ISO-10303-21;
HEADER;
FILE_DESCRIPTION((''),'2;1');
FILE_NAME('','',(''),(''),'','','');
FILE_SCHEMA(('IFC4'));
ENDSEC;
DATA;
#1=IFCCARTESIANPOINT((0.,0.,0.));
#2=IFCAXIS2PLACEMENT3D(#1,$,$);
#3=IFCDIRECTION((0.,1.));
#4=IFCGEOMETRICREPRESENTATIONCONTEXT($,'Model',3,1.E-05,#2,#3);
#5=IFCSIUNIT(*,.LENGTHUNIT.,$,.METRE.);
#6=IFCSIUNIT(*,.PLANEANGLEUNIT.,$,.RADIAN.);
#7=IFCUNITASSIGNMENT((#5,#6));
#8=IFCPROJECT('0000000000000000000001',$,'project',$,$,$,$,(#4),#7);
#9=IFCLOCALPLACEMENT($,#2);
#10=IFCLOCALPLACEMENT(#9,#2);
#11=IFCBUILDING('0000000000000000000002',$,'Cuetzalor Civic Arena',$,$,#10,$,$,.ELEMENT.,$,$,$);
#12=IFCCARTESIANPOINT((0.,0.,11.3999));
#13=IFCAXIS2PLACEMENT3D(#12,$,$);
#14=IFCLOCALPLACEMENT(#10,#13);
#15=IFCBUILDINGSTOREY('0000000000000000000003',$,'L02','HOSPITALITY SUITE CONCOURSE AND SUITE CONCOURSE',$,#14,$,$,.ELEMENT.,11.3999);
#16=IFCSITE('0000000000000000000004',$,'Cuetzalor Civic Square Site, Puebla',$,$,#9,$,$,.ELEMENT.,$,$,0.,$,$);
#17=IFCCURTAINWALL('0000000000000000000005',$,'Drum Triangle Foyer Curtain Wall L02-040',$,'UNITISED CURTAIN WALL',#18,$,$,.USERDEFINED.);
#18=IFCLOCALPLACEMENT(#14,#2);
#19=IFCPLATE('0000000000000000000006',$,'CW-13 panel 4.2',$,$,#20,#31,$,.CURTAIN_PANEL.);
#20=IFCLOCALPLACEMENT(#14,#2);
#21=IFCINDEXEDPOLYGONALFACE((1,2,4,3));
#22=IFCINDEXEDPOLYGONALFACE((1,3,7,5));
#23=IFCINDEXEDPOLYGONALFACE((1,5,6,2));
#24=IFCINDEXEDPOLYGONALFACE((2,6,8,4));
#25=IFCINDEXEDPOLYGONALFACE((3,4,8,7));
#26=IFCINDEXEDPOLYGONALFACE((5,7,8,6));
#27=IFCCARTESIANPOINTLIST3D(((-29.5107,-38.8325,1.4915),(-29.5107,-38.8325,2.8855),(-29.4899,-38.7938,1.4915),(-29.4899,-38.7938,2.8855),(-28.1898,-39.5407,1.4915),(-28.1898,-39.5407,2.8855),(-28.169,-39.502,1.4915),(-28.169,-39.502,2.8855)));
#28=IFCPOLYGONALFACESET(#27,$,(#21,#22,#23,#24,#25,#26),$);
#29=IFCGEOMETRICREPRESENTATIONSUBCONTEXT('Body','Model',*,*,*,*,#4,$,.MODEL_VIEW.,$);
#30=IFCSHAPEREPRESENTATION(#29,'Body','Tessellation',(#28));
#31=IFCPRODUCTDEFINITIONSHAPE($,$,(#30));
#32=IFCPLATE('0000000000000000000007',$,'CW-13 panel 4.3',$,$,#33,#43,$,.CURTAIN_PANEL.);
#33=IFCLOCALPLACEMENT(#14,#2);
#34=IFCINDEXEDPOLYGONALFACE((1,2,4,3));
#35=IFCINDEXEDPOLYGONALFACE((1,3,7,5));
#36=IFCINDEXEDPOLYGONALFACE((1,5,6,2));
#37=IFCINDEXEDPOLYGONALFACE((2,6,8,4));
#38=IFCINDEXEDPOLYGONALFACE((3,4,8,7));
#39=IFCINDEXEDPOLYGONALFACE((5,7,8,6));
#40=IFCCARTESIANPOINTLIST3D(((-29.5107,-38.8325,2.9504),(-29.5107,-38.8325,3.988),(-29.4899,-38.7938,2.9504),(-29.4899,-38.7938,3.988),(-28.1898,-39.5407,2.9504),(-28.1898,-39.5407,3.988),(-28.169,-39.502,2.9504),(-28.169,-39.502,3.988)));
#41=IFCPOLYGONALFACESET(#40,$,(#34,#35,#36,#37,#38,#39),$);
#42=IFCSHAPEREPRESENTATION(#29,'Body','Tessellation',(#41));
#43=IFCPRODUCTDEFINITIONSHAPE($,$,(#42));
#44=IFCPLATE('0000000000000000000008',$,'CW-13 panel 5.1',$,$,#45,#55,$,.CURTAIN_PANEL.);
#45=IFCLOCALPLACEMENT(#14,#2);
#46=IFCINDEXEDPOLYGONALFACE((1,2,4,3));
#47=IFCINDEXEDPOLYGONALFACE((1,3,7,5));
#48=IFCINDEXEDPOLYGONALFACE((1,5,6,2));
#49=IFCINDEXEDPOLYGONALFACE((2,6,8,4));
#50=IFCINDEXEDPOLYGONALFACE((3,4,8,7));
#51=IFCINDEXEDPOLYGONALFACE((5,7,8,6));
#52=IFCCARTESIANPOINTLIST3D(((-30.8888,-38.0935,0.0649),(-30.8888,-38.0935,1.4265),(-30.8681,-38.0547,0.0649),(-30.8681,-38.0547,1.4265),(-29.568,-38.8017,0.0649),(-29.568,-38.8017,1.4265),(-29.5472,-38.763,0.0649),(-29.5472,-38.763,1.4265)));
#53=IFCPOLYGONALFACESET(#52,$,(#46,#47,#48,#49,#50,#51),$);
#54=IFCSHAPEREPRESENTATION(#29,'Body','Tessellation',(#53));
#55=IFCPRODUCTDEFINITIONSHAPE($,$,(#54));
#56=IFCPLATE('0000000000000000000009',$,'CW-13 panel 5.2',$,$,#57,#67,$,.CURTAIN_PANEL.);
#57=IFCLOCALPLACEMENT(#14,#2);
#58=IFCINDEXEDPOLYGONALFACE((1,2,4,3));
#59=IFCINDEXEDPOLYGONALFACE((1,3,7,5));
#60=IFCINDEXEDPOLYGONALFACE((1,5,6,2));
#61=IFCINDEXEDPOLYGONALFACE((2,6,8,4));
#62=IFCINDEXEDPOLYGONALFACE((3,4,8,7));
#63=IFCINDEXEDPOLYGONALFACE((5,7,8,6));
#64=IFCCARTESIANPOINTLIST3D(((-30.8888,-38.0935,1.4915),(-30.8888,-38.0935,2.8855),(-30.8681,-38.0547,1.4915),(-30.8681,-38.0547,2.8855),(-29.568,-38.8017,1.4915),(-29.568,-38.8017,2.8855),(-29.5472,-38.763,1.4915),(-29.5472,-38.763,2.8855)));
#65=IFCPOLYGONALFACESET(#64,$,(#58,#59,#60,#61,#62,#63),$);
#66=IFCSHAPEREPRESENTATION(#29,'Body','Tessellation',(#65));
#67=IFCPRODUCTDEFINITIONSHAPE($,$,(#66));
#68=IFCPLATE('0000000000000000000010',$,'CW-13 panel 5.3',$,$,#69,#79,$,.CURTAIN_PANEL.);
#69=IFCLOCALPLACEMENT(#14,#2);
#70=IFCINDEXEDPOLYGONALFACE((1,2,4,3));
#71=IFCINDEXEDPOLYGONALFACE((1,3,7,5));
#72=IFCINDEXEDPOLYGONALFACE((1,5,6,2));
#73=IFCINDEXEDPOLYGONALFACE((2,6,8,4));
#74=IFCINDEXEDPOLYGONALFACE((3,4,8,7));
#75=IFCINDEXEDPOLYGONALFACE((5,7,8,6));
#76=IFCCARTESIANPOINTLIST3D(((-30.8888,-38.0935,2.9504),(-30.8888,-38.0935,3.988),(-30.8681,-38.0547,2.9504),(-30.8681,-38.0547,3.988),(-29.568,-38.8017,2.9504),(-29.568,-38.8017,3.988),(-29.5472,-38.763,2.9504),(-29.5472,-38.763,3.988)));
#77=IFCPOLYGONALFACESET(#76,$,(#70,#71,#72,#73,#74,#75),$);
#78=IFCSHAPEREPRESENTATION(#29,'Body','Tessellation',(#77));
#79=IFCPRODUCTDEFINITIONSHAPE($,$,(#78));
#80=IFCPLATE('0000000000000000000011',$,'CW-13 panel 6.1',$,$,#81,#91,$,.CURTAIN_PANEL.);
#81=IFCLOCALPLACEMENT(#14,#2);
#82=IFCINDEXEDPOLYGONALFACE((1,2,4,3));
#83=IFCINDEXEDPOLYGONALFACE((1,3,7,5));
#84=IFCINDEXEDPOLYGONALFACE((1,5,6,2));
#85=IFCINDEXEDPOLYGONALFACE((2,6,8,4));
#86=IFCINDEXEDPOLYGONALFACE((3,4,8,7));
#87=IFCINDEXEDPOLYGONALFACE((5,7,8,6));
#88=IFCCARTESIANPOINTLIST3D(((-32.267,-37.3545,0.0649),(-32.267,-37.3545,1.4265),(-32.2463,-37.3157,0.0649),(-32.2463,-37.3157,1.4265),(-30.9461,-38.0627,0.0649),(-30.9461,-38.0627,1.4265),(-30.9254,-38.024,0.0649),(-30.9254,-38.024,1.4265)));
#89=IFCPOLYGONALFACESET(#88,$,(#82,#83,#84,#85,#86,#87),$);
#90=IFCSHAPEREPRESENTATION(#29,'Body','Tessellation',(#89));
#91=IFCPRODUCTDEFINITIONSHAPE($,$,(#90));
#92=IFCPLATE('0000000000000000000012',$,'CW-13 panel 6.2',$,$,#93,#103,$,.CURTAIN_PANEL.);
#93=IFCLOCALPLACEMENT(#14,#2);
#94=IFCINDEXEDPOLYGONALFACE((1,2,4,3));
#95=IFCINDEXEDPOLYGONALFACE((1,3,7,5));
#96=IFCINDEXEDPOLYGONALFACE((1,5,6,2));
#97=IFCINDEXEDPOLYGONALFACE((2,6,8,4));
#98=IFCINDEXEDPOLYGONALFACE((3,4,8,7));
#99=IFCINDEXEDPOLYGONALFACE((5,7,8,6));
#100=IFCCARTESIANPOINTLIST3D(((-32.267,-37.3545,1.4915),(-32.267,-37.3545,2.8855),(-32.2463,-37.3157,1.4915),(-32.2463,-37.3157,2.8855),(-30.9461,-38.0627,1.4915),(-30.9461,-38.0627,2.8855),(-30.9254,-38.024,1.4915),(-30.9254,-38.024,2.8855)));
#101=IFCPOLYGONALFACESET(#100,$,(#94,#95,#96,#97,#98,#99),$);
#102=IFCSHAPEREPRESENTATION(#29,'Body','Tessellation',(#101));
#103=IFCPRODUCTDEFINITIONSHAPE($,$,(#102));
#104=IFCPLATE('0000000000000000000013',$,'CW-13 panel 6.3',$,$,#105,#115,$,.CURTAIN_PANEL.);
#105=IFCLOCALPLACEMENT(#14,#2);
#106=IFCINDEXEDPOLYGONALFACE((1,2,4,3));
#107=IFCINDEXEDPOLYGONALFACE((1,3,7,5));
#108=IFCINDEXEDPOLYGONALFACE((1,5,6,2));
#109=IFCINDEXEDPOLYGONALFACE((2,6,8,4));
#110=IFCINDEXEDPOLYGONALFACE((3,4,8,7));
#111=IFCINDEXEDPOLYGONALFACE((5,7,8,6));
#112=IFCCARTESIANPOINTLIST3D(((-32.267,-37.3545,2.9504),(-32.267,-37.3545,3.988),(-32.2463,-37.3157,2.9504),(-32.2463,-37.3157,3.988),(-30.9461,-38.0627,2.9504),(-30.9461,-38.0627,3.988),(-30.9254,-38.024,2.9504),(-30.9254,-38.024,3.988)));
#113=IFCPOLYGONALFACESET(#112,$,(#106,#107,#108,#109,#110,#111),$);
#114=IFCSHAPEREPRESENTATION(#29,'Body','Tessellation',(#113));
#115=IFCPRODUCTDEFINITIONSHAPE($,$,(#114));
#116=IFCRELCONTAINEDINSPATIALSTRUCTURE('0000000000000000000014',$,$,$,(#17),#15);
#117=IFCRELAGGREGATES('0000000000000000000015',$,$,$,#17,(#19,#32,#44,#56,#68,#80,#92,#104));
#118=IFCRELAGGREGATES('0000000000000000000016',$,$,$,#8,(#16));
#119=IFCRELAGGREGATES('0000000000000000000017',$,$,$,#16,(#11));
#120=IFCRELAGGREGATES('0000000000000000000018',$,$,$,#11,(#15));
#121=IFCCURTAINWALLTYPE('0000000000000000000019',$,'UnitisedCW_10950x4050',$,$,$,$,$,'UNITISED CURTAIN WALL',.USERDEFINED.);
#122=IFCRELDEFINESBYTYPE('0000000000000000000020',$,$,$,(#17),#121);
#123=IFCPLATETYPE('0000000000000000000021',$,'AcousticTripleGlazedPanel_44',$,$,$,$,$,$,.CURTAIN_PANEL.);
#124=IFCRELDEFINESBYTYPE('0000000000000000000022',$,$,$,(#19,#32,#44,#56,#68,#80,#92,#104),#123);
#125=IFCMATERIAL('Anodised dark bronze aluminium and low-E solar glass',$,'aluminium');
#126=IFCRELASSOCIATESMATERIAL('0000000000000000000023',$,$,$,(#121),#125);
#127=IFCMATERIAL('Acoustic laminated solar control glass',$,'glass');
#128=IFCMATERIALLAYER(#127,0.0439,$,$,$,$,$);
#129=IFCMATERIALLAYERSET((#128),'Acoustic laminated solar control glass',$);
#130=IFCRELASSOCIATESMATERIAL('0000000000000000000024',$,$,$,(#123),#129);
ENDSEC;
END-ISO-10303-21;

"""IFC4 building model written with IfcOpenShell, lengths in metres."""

from ifc_helpers import new_model, si_unit, direction, frame, origin, origin_2d, place, context, subcontext, project, spatial, rectangle, extrude, material, layer, layer_set, type_object, element, aggregate, save


model = new_model("IFC4")

# Units and contexts
model_context = context("Model", 3, precision=1e-05, world=origin(), true_north=direction((0.0, 1.0)))
body_context = subcontext(model_context, "Body", "Model", "MODEL_VIEW")
ifc_project = project(units=[si_unit("LENGTHUNIT", "METRE"), si_unit("PLANEANGLEUNIT", "RADIAN")], contexts=[model_context])

# Site, building, storey
site_placement = place(None, origin())
site = spatial("IfcSite", under=ifc_project, at=site_placement, Name="Cuetzalor Civic Square Site, Puebla", CompositionType="ELEMENT", RefElevation=0.0)
building_placement = place(site_placement, origin())
building = spatial("IfcBuilding", under=site, at=building_placement, Name="Cuetzalor Civic Arena", CompositionType="ELEMENT")
storey_placement = place(building_placement, frame((0.0, 0.0, 11.3999)))
storey = spatial("IfcBuildingStorey", under=building, at=storey_placement, Name="L02", Description="HOSPITALITY SUITE CONCOURSE AND SUITE CONCOURSE", CompositionType="ELEMENT", Elevation=11.3999)

# Curtain wall, plates
ifc_material_1 = material(Name="Anodised dark bronze aluminium and low-E solar glass", Category="aluminium")
curtain_wall_type = type_object("IfcCurtainWallType", Name="UnitisedCW_10950x4050", ElementType="UNITISED CURTAIN WALL", PredefinedType="USERDEFINED", material=ifc_material_1)
curtain_wall_placement = place(storey_placement, origin())
curtain_wall = element("IfcCurtainWall", 1, at=curtain_wall_placement, inside=storey, type_object=curtain_wall_type, Name="Drum Triangle Foyer Curtain Wall L02-040", ObjectType="UNITISED CURTAIN WALL", PredefinedType="USERDEFINED")
ifc_material_2 = material(Name="Acoustic laminated solar control glass", Category="glass")
ifc_layer = layer(ifc_material_2, 0.0439)
ifc_layer_set = layer_set([ifc_layer], Name="Acoustic laminated solar control glass")
plate_type = type_object("IfcPlateType", Name="AcousticTripleGlazedPanel_44", PredefinedType="CURTAIN_PANEL", material=ifc_layer_set)
plate_1_placement = place(storey_placement, frame((-28.8398, -39.1672, 1.4915), z_axis=(0.0, 0.0, 1.0), x_axis=(-0.881306, 0.472545, 0.0)))
plate_1 = element("IfcPlate", 2, at=plate_1_placement, type_object=plate_type, Name="CW-13 panel 4.2", PredefinedType="CURTAIN_PANEL", context=body_context, shape_type="SweptSolid", body=[
    extrude(rectangle(XDim=1.4988, YDim=0.0439, at=origin_2d()), origin(), (0.0, 0.0, 1.0), 1.394),
])
plate_2_placement = place(storey_placement, frame((-28.8398, -39.1672, 2.9504), z_axis=(0.0, 0.0, 1.0), x_axis=(-0.881306, 0.472545, 0.0)))
plate_2 = element("IfcPlate", 3, at=plate_2_placement, type_object=plate_type, Name="CW-13 panel 4.3", PredefinedType="CURTAIN_PANEL", context=body_context, shape_type="SweptSolid", body=[
    extrude(rectangle(XDim=1.4988, YDim=0.0439, at=origin_2d()), origin(), (0.0, 0.0, 1.0), 1.0376),
])
plate_3_placement = place(storey_placement, frame((-30.218, -38.4282, 0.0649), z_axis=(0.0, 0.0, 1.0), x_axis=(-0.881306, 0.472545, 0.0)))
plate_3 = element("IfcPlate", 4, at=plate_3_placement, type_object=plate_type, Name="CW-13 panel 5.1", PredefinedType="CURTAIN_PANEL", context=body_context, shape_type="SweptSolid", body=[
    extrude(rectangle(XDim=1.4988, YDim=0.0439, at=origin_2d()), origin(), (0.0, 0.0, 1.0), 1.3616),
])
plate_4_placement = place(storey_placement, frame((-30.218, -38.4282, 1.4915), z_axis=(0.0, 0.0, 1.0), x_axis=(-0.881306, 0.472545, 0.0)))
plate_4 = element("IfcPlate", 5, at=plate_4_placement, type_object=plate_type, Name="CW-13 panel 5.2", PredefinedType="CURTAIN_PANEL", context=body_context, shape_type="SweptSolid", body=[
    extrude(rectangle(XDim=1.4988, YDim=0.0439, at=origin_2d()), origin(), (0.0, 0.0, 1.0), 1.394),
])
plate_5_placement = place(storey_placement, frame((-30.218, -38.4282, 2.9504), z_axis=(0.0, 0.0, 1.0), x_axis=(-0.881306, 0.472545, 0.0)))
plate_5 = element("IfcPlate", 6, at=plate_5_placement, type_object=plate_type, Name="CW-13 panel 5.3", PredefinedType="CURTAIN_PANEL", context=body_context, shape_type="SweptSolid", body=[
    extrude(rectangle(XDim=1.4988, YDim=0.0439, at=origin_2d()), origin(), (0.0, 0.0, 1.0), 1.0376),
])
plate_6_placement = place(storey_placement, frame((-31.5962, -37.6892, 0.0649), z_axis=(0.0, 0.0, 1.0), x_axis=(-0.881306, 0.472545, 0.0)))
plate_6 = element("IfcPlate", 7, at=plate_6_placement, type_object=plate_type, Name="CW-13 panel 6.1", PredefinedType="CURTAIN_PANEL", context=body_context, shape_type="SweptSolid", body=[
    extrude(rectangle(XDim=1.4988, YDim=0.0439, at=origin_2d()), origin(), (0.0, 0.0, 1.0), 1.3616),
])
plate_7_placement = place(storey_placement, frame((-31.5962, -37.6892, 1.4915), z_axis=(0.0, 0.0, 1.0), x_axis=(-0.881306, 0.472545, 0.0)))
plate_7 = element("IfcPlate", 8, at=plate_7_placement, type_object=plate_type, Name="CW-13 panel 6.2", PredefinedType="CURTAIN_PANEL", context=body_context, shape_type="SweptSolid", body=[
    extrude(rectangle(XDim=1.4988, YDim=0.0439, at=origin_2d()), origin(), (0.0, 0.0, 1.0), 1.394),
])
plate_8_placement = place(storey_placement, frame((-31.5962, -37.6892, 2.9504), z_axis=(0.0, 0.0, 1.0), x_axis=(-0.881306, 0.472545, 0.0)))
plate_8 = element("IfcPlate", 9, at=plate_8_placement, type_object=plate_type, Name="CW-13 panel 6.3", PredefinedType="CURTAIN_PANEL", context=body_context, shape_type="SweptSolid", body=[
    extrude(rectangle(XDim=1.4988, YDim=0.0439, at=origin_2d()), origin(), (0.0, 0.0, 1.0), 1.0376),
])
aggregate(curtain_wall, [plate_1, plate_2, plate_3, plate_4, plate_5, plate_6, plate_7, plate_8])

save(model, "model.ifc")
